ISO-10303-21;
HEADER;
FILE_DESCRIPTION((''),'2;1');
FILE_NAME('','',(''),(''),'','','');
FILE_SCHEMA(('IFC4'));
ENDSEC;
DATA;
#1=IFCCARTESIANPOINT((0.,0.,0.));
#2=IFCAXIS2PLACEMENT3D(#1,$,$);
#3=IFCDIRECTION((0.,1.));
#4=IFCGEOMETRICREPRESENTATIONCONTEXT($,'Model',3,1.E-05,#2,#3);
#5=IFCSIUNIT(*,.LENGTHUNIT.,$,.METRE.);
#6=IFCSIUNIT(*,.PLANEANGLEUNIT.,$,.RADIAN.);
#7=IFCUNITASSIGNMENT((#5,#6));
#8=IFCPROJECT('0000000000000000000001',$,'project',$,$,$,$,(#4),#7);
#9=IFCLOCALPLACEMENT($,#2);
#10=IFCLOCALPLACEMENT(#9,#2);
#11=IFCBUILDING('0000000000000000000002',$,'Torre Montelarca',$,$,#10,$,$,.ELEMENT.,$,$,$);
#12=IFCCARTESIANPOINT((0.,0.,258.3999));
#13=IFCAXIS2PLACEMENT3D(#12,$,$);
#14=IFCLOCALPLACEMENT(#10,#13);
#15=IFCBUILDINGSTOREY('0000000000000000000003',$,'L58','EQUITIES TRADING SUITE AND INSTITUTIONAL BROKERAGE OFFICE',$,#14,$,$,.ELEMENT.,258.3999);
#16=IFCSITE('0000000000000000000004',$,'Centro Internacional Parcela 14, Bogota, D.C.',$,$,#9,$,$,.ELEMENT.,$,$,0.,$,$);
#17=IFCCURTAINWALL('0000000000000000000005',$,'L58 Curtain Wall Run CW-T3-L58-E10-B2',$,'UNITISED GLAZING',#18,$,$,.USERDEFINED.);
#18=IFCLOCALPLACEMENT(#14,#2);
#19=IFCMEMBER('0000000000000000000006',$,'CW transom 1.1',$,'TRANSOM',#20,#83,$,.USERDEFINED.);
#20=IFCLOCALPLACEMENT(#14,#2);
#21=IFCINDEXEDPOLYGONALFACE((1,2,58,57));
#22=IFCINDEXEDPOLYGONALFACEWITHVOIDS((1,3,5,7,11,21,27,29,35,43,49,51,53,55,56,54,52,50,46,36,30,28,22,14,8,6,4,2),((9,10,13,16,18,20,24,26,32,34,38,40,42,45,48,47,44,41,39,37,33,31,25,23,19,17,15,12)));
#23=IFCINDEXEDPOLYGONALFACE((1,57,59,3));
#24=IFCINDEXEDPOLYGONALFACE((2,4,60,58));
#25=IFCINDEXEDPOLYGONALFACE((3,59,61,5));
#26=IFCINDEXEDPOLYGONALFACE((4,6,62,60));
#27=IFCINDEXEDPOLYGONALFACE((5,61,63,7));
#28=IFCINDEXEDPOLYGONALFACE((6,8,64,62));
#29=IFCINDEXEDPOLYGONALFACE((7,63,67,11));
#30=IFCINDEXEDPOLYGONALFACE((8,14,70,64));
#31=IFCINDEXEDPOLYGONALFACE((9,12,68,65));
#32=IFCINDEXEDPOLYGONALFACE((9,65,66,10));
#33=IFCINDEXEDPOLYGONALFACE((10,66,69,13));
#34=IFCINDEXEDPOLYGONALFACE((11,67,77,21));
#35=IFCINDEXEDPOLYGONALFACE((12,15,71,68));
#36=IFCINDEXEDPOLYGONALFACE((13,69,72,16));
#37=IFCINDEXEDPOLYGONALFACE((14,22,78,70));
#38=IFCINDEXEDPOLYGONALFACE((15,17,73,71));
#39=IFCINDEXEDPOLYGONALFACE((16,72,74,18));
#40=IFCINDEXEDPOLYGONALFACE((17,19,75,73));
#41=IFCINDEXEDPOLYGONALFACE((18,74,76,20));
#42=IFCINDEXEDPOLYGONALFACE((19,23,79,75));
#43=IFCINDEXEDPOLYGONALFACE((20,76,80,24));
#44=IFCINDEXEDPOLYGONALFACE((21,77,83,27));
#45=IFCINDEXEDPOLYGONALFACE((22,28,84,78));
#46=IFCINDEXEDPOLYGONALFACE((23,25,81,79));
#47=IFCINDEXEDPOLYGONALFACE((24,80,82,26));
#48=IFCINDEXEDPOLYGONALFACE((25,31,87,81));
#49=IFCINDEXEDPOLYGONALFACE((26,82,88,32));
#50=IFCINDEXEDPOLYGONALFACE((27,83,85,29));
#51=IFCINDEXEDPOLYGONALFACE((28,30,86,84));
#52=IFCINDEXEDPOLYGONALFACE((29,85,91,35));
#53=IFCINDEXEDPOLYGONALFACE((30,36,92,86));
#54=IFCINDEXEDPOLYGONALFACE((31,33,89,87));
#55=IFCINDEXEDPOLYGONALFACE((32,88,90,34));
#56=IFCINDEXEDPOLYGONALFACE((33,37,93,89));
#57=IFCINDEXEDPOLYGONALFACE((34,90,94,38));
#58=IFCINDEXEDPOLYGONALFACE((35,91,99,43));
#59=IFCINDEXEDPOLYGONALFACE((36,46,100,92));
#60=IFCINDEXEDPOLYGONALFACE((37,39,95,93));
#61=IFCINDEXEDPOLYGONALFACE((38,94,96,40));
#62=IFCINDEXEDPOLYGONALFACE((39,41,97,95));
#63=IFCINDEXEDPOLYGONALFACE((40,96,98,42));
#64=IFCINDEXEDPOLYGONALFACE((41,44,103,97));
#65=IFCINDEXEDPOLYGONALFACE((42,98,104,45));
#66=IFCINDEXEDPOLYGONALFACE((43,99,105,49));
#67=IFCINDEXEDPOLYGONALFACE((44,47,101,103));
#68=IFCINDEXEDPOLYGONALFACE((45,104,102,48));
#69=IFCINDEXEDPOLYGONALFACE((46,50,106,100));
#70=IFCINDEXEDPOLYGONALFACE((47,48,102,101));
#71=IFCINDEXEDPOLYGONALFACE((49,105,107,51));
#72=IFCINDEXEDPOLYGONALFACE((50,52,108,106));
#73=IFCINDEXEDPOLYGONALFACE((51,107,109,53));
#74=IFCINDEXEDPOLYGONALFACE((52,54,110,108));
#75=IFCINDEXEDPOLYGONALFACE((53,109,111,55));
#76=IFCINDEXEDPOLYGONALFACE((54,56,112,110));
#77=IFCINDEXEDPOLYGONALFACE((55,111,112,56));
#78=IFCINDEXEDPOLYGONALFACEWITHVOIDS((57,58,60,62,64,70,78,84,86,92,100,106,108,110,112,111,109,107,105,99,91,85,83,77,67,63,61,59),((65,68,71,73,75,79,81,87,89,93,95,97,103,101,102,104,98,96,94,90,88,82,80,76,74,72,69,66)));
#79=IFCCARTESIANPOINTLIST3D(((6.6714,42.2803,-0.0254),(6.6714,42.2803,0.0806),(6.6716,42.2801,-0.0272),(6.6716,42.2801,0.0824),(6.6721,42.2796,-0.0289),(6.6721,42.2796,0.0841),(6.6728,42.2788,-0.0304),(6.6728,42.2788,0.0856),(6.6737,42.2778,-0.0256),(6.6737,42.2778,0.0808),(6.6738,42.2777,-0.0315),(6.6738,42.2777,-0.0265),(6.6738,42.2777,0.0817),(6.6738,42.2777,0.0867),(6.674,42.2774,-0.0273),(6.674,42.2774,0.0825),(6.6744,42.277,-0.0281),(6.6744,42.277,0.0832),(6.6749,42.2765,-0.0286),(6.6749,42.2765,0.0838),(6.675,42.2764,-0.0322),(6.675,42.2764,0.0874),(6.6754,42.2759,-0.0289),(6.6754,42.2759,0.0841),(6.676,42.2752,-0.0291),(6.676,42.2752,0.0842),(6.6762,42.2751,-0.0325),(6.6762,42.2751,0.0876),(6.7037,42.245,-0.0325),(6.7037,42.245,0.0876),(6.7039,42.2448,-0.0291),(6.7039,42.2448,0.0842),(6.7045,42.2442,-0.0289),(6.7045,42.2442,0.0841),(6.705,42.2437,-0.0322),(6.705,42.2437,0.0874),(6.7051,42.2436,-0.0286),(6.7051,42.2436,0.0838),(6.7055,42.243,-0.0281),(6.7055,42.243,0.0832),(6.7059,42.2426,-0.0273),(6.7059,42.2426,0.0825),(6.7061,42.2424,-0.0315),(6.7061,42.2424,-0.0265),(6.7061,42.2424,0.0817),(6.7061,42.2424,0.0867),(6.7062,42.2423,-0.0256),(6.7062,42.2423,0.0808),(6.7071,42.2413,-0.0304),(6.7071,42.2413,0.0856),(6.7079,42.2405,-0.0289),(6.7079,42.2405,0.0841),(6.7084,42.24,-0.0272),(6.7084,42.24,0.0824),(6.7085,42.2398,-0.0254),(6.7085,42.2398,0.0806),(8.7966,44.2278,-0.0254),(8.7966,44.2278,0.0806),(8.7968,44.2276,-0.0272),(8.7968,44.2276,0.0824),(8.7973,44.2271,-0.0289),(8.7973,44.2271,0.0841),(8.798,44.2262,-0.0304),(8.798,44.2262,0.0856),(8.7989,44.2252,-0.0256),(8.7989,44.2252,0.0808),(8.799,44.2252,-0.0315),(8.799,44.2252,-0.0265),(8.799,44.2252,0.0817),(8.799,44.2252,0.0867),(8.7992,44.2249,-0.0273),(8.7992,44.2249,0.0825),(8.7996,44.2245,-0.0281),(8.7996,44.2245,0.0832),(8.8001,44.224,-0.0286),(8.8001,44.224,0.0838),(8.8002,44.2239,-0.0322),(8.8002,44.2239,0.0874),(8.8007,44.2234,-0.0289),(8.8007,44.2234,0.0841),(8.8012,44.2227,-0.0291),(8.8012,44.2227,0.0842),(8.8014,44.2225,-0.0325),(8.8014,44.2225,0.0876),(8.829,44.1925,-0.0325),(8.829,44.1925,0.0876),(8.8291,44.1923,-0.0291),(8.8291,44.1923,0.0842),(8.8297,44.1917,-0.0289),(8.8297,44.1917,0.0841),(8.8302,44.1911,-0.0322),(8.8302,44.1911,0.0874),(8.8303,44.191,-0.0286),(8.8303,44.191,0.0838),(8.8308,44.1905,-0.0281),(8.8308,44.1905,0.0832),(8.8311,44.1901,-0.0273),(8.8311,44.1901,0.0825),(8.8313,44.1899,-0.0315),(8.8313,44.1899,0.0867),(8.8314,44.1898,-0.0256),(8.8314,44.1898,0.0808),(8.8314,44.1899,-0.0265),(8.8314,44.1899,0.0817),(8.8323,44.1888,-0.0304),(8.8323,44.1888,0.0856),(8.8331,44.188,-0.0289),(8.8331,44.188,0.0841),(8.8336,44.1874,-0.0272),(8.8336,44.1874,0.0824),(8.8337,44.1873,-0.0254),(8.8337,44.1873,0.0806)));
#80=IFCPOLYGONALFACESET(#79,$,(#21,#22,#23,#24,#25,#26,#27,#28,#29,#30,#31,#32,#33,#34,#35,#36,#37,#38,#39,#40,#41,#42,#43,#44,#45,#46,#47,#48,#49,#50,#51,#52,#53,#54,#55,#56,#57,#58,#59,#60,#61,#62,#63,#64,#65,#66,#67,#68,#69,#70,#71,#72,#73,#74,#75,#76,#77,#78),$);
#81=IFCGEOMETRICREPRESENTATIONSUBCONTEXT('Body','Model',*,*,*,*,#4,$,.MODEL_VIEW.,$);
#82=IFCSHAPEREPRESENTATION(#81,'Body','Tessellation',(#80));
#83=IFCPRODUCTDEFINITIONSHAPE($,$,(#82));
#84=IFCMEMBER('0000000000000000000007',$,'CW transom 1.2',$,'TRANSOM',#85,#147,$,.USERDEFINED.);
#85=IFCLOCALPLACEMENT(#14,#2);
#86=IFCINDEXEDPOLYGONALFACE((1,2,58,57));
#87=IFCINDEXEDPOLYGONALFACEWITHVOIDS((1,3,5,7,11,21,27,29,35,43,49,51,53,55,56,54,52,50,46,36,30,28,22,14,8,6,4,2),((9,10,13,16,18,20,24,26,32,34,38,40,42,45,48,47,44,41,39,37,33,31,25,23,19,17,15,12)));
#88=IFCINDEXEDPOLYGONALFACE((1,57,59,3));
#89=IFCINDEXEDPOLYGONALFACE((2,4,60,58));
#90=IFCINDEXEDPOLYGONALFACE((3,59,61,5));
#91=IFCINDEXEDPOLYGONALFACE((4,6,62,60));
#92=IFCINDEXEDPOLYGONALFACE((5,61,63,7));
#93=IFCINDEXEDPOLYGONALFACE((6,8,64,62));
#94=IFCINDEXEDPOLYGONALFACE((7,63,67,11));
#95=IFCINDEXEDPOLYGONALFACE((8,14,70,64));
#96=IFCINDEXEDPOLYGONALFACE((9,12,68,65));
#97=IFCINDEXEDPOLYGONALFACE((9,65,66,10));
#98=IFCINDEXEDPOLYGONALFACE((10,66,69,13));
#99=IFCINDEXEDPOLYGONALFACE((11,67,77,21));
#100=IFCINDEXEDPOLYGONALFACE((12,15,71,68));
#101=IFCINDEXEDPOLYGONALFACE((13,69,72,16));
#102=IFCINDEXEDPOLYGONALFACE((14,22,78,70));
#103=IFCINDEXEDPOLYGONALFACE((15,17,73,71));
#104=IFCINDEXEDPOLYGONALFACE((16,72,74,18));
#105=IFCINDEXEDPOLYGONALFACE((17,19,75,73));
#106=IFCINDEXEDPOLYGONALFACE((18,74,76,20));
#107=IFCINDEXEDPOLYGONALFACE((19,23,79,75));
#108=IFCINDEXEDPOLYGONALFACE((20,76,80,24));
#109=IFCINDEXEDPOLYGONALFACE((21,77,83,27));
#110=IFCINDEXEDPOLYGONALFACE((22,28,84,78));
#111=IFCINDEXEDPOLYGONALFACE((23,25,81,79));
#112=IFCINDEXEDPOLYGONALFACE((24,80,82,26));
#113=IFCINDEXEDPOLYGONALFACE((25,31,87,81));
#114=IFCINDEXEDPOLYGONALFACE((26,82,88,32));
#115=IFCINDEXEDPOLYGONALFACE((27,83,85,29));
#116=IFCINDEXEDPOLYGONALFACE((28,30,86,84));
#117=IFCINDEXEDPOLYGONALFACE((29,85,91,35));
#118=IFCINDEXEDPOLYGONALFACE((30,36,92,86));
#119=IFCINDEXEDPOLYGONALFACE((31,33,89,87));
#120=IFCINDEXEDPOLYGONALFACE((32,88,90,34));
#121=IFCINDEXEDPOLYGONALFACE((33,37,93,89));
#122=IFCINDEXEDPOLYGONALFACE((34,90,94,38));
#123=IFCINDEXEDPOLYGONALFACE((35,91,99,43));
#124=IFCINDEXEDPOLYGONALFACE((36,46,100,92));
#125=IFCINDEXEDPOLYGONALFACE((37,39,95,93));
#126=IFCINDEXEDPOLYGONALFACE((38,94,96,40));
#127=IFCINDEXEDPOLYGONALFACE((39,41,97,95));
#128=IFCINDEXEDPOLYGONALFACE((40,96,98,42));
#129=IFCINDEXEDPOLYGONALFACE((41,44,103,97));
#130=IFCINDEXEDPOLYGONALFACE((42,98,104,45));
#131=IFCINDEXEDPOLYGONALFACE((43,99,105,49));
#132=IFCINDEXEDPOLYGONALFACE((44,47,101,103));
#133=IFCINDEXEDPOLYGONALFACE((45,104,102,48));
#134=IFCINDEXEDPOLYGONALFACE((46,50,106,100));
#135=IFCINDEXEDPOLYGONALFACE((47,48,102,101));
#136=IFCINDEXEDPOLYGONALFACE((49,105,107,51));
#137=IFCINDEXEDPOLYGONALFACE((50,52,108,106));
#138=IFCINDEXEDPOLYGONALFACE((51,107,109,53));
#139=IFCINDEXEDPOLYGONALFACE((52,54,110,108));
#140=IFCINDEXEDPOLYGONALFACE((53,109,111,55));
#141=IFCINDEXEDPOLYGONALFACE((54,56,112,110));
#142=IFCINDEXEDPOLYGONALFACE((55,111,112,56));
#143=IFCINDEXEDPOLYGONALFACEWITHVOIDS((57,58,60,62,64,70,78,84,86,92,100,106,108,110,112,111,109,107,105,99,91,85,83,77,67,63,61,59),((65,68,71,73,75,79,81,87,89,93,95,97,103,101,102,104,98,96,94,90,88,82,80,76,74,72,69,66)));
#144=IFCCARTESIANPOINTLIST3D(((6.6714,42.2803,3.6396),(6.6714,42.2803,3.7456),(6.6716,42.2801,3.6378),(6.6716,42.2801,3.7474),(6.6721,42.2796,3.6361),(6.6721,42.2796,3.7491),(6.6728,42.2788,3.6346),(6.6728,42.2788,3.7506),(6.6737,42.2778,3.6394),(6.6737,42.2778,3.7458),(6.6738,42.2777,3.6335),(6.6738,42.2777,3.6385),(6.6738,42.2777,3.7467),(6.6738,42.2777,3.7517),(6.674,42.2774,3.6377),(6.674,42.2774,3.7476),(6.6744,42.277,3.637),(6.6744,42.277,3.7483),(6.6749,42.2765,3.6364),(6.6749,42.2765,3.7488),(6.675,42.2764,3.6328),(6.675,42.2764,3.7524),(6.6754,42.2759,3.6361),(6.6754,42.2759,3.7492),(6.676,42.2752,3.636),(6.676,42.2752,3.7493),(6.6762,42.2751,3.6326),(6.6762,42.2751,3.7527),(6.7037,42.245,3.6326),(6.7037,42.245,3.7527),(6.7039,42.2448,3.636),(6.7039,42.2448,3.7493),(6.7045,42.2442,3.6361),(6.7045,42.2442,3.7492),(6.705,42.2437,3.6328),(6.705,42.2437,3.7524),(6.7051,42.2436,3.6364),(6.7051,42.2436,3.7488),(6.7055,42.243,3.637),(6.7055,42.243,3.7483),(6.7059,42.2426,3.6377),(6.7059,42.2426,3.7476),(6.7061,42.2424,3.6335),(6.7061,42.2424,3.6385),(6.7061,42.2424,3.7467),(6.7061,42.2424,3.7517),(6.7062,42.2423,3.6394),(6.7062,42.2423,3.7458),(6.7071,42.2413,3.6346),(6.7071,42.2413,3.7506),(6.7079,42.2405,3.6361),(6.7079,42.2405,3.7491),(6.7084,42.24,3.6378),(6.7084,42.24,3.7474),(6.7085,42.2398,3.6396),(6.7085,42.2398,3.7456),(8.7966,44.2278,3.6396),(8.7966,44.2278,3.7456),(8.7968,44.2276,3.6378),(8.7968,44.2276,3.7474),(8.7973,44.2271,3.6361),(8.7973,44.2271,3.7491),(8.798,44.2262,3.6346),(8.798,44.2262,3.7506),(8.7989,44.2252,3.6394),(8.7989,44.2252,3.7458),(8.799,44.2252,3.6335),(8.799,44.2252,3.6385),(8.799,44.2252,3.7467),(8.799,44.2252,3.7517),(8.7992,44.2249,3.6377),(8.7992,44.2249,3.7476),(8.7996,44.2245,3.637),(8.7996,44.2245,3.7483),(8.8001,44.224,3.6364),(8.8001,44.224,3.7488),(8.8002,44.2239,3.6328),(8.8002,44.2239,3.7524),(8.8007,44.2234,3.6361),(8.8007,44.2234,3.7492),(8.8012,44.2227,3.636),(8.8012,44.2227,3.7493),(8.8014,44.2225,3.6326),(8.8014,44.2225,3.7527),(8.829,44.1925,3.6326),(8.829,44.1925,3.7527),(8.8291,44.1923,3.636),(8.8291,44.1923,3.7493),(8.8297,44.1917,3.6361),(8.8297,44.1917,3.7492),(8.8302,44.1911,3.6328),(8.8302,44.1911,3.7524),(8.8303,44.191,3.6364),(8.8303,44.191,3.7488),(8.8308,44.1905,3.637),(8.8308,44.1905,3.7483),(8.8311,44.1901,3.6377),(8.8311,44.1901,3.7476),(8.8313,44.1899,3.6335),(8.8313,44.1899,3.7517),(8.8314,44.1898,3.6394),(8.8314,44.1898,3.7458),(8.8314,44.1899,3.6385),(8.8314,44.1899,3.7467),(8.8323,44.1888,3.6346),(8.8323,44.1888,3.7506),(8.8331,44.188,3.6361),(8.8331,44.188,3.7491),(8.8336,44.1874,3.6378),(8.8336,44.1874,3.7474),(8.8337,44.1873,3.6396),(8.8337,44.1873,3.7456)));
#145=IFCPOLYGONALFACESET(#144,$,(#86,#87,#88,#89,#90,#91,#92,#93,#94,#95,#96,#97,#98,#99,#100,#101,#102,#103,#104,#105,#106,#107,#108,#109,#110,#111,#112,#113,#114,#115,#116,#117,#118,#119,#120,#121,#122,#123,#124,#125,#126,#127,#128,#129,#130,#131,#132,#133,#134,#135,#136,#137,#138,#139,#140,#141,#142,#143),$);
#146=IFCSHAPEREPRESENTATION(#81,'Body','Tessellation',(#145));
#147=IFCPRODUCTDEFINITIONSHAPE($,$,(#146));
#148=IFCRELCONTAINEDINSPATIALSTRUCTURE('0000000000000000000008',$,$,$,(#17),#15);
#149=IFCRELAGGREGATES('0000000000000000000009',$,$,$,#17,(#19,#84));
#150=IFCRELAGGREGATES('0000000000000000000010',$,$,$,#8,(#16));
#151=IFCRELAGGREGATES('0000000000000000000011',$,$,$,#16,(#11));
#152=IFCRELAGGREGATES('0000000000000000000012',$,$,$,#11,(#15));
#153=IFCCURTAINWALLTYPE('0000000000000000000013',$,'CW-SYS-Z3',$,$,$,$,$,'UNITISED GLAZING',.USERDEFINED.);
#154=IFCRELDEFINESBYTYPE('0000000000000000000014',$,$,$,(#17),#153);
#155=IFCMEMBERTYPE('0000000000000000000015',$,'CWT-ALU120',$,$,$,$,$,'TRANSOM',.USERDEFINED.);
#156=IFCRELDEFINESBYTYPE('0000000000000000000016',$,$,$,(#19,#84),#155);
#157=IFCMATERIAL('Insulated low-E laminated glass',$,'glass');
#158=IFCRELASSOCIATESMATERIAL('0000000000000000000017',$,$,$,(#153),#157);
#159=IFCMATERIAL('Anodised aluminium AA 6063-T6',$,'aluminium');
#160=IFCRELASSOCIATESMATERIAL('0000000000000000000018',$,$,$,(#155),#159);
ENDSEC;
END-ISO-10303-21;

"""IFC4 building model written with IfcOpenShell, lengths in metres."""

from ifc_helpers import new_model, si_unit, direction, frame, origin, origin_2d, place, context, subcontext, project, spatial, hollow_rectangle, extrude, source, transform, mapped, material, material_profile, profile_set, type_object, element, aggregate, save


model = new_model("IFC4")

# Units and contexts
model_context = context("Model", 3, precision=1e-05, world=origin(), true_north=direction((0.0, 1.0)))
body_context = subcontext(model_context, "Body", "Model", "MODEL_VIEW")
ifc_project = project(units=[si_unit("LENGTHUNIT", "METRE"), si_unit("PLANEANGLEUNIT", "RADIAN")], contexts=[model_context])

# Site, building, storey
site_placement = place(None, origin())
site = spatial("IfcSite", under=ifc_project, at=site_placement, Name="Centro Internacional Parcela 14, Bogota, D.C.", CompositionType="ELEMENT", RefElevation=0.0)
building_placement = place(site_placement, origin())
building = spatial("IfcBuilding", under=site, at=building_placement, Name="Torre Montelarca", CompositionType="ELEMENT")
storey_placement = place(building_placement, frame((0.0, 0.0, 258.3999)))
storey = spatial("IfcBuildingStorey", under=building, at=storey_placement, Name="L58", Description="EQUITIES TRADING SUITE AND INSTITUTIONAL BROKERAGE OFFICE", CompositionType="ELEMENT", Elevation=258.3999)

# Shared definitions
ifc_material_1 = material(Name="Insulated low-E laminated glass", Category="glass")
curtain_wall_type = type_object("IfcCurtainWallType", Name="CW-SYS-Z3", ElementType="UNITISED GLAZING", PredefinedType="USERDEFINED", material=ifc_material_1)
ifc_material_2 = material(Name="Anodised aluminium AA 6063-T6", Category="aluminium")

# Curtain wall
curtain_wall_1_placement = place(storey_placement, origin())
curtain_wall_1 = element("IfcCurtainWall", 1, at=curtain_wall_1_placement, inside=storey, type_object=curtain_wall_type, Name="L58 Curtain Wall Run CW-T3-L58-E10-B2", ObjectType="UNITISED GLAZING", PredefinedType="USERDEFINED")

# Members
ifc_material_profile_1 = material_profile(ifc_material_2, hollow_rectangle(XDim=0.0549, YDim=0.1201, WallThickness=0.0034, InnerFilletRadius=0.0034, OuterFilletRadius=0.0071, at=origin_2d()), Name="ALU55X120X3.5", Category="aluminium")
ifc_profile_set_1 = profile_set([ifc_material_profile_1], Name="Anodised aluminium AA 6063-T6")
member_type_1 = type_object("IfcMemberType", Name="CWT-ALU120", ElementType="TRANSOM", PredefinedType="USERDEFINED", material=ifc_profile_set_1)
shared_shape_1 = source(origin(), body_context, "Body", "SweptSolid", [
    extrude(hollow_rectangle(XDim=0.0549, YDim=0.1201, WallThickness=0.0034, InnerFilletRadius=0.0034, OuterFilletRadius=0.0071, at=origin_2d()), origin(), (0.0, 0.0, 1.0), 2.8826),
])
member_1_placement = place(storey_placement, frame((8.8152, 44.2075, 0.0276), z_axis=(-0.737263, -0.675606, 0.0), x_axis=(0.675606, -0.737263, 0.0)))
member_1 = element("IfcMember", 2, at=member_1_placement, type_object=member_type_1, Name="CW transom 1.1", ObjectType="TRANSOM", PredefinedType="USERDEFINED", context=body_context, shape_type="MappedRepresentation", body=[
    mapped(shared_shape_1, transform((0.0, 0.0, 0.0), scale=1.0)),
])
member_2_placement = place(storey_placement, frame((8.8152, 44.2075, 3.6926), z_axis=(-0.737263, -0.675606, 0.0), x_axis=(0.675606, -0.737263, 0.0)))
member_2 = element("IfcMember", 3, at=member_2_placement, type_object=member_type_1, Name="CW transom 1.2", ObjectType="TRANSOM", PredefinedType="USERDEFINED", context=body_context, shape_type="MappedRepresentation", body=[
    mapped(shared_shape_1, transform((0.0, 0.0, 0.0), scale=1.0)),
])

aggregate(curtain_wall_1, [member_1, member_2])

save(model, "model.ifc")
